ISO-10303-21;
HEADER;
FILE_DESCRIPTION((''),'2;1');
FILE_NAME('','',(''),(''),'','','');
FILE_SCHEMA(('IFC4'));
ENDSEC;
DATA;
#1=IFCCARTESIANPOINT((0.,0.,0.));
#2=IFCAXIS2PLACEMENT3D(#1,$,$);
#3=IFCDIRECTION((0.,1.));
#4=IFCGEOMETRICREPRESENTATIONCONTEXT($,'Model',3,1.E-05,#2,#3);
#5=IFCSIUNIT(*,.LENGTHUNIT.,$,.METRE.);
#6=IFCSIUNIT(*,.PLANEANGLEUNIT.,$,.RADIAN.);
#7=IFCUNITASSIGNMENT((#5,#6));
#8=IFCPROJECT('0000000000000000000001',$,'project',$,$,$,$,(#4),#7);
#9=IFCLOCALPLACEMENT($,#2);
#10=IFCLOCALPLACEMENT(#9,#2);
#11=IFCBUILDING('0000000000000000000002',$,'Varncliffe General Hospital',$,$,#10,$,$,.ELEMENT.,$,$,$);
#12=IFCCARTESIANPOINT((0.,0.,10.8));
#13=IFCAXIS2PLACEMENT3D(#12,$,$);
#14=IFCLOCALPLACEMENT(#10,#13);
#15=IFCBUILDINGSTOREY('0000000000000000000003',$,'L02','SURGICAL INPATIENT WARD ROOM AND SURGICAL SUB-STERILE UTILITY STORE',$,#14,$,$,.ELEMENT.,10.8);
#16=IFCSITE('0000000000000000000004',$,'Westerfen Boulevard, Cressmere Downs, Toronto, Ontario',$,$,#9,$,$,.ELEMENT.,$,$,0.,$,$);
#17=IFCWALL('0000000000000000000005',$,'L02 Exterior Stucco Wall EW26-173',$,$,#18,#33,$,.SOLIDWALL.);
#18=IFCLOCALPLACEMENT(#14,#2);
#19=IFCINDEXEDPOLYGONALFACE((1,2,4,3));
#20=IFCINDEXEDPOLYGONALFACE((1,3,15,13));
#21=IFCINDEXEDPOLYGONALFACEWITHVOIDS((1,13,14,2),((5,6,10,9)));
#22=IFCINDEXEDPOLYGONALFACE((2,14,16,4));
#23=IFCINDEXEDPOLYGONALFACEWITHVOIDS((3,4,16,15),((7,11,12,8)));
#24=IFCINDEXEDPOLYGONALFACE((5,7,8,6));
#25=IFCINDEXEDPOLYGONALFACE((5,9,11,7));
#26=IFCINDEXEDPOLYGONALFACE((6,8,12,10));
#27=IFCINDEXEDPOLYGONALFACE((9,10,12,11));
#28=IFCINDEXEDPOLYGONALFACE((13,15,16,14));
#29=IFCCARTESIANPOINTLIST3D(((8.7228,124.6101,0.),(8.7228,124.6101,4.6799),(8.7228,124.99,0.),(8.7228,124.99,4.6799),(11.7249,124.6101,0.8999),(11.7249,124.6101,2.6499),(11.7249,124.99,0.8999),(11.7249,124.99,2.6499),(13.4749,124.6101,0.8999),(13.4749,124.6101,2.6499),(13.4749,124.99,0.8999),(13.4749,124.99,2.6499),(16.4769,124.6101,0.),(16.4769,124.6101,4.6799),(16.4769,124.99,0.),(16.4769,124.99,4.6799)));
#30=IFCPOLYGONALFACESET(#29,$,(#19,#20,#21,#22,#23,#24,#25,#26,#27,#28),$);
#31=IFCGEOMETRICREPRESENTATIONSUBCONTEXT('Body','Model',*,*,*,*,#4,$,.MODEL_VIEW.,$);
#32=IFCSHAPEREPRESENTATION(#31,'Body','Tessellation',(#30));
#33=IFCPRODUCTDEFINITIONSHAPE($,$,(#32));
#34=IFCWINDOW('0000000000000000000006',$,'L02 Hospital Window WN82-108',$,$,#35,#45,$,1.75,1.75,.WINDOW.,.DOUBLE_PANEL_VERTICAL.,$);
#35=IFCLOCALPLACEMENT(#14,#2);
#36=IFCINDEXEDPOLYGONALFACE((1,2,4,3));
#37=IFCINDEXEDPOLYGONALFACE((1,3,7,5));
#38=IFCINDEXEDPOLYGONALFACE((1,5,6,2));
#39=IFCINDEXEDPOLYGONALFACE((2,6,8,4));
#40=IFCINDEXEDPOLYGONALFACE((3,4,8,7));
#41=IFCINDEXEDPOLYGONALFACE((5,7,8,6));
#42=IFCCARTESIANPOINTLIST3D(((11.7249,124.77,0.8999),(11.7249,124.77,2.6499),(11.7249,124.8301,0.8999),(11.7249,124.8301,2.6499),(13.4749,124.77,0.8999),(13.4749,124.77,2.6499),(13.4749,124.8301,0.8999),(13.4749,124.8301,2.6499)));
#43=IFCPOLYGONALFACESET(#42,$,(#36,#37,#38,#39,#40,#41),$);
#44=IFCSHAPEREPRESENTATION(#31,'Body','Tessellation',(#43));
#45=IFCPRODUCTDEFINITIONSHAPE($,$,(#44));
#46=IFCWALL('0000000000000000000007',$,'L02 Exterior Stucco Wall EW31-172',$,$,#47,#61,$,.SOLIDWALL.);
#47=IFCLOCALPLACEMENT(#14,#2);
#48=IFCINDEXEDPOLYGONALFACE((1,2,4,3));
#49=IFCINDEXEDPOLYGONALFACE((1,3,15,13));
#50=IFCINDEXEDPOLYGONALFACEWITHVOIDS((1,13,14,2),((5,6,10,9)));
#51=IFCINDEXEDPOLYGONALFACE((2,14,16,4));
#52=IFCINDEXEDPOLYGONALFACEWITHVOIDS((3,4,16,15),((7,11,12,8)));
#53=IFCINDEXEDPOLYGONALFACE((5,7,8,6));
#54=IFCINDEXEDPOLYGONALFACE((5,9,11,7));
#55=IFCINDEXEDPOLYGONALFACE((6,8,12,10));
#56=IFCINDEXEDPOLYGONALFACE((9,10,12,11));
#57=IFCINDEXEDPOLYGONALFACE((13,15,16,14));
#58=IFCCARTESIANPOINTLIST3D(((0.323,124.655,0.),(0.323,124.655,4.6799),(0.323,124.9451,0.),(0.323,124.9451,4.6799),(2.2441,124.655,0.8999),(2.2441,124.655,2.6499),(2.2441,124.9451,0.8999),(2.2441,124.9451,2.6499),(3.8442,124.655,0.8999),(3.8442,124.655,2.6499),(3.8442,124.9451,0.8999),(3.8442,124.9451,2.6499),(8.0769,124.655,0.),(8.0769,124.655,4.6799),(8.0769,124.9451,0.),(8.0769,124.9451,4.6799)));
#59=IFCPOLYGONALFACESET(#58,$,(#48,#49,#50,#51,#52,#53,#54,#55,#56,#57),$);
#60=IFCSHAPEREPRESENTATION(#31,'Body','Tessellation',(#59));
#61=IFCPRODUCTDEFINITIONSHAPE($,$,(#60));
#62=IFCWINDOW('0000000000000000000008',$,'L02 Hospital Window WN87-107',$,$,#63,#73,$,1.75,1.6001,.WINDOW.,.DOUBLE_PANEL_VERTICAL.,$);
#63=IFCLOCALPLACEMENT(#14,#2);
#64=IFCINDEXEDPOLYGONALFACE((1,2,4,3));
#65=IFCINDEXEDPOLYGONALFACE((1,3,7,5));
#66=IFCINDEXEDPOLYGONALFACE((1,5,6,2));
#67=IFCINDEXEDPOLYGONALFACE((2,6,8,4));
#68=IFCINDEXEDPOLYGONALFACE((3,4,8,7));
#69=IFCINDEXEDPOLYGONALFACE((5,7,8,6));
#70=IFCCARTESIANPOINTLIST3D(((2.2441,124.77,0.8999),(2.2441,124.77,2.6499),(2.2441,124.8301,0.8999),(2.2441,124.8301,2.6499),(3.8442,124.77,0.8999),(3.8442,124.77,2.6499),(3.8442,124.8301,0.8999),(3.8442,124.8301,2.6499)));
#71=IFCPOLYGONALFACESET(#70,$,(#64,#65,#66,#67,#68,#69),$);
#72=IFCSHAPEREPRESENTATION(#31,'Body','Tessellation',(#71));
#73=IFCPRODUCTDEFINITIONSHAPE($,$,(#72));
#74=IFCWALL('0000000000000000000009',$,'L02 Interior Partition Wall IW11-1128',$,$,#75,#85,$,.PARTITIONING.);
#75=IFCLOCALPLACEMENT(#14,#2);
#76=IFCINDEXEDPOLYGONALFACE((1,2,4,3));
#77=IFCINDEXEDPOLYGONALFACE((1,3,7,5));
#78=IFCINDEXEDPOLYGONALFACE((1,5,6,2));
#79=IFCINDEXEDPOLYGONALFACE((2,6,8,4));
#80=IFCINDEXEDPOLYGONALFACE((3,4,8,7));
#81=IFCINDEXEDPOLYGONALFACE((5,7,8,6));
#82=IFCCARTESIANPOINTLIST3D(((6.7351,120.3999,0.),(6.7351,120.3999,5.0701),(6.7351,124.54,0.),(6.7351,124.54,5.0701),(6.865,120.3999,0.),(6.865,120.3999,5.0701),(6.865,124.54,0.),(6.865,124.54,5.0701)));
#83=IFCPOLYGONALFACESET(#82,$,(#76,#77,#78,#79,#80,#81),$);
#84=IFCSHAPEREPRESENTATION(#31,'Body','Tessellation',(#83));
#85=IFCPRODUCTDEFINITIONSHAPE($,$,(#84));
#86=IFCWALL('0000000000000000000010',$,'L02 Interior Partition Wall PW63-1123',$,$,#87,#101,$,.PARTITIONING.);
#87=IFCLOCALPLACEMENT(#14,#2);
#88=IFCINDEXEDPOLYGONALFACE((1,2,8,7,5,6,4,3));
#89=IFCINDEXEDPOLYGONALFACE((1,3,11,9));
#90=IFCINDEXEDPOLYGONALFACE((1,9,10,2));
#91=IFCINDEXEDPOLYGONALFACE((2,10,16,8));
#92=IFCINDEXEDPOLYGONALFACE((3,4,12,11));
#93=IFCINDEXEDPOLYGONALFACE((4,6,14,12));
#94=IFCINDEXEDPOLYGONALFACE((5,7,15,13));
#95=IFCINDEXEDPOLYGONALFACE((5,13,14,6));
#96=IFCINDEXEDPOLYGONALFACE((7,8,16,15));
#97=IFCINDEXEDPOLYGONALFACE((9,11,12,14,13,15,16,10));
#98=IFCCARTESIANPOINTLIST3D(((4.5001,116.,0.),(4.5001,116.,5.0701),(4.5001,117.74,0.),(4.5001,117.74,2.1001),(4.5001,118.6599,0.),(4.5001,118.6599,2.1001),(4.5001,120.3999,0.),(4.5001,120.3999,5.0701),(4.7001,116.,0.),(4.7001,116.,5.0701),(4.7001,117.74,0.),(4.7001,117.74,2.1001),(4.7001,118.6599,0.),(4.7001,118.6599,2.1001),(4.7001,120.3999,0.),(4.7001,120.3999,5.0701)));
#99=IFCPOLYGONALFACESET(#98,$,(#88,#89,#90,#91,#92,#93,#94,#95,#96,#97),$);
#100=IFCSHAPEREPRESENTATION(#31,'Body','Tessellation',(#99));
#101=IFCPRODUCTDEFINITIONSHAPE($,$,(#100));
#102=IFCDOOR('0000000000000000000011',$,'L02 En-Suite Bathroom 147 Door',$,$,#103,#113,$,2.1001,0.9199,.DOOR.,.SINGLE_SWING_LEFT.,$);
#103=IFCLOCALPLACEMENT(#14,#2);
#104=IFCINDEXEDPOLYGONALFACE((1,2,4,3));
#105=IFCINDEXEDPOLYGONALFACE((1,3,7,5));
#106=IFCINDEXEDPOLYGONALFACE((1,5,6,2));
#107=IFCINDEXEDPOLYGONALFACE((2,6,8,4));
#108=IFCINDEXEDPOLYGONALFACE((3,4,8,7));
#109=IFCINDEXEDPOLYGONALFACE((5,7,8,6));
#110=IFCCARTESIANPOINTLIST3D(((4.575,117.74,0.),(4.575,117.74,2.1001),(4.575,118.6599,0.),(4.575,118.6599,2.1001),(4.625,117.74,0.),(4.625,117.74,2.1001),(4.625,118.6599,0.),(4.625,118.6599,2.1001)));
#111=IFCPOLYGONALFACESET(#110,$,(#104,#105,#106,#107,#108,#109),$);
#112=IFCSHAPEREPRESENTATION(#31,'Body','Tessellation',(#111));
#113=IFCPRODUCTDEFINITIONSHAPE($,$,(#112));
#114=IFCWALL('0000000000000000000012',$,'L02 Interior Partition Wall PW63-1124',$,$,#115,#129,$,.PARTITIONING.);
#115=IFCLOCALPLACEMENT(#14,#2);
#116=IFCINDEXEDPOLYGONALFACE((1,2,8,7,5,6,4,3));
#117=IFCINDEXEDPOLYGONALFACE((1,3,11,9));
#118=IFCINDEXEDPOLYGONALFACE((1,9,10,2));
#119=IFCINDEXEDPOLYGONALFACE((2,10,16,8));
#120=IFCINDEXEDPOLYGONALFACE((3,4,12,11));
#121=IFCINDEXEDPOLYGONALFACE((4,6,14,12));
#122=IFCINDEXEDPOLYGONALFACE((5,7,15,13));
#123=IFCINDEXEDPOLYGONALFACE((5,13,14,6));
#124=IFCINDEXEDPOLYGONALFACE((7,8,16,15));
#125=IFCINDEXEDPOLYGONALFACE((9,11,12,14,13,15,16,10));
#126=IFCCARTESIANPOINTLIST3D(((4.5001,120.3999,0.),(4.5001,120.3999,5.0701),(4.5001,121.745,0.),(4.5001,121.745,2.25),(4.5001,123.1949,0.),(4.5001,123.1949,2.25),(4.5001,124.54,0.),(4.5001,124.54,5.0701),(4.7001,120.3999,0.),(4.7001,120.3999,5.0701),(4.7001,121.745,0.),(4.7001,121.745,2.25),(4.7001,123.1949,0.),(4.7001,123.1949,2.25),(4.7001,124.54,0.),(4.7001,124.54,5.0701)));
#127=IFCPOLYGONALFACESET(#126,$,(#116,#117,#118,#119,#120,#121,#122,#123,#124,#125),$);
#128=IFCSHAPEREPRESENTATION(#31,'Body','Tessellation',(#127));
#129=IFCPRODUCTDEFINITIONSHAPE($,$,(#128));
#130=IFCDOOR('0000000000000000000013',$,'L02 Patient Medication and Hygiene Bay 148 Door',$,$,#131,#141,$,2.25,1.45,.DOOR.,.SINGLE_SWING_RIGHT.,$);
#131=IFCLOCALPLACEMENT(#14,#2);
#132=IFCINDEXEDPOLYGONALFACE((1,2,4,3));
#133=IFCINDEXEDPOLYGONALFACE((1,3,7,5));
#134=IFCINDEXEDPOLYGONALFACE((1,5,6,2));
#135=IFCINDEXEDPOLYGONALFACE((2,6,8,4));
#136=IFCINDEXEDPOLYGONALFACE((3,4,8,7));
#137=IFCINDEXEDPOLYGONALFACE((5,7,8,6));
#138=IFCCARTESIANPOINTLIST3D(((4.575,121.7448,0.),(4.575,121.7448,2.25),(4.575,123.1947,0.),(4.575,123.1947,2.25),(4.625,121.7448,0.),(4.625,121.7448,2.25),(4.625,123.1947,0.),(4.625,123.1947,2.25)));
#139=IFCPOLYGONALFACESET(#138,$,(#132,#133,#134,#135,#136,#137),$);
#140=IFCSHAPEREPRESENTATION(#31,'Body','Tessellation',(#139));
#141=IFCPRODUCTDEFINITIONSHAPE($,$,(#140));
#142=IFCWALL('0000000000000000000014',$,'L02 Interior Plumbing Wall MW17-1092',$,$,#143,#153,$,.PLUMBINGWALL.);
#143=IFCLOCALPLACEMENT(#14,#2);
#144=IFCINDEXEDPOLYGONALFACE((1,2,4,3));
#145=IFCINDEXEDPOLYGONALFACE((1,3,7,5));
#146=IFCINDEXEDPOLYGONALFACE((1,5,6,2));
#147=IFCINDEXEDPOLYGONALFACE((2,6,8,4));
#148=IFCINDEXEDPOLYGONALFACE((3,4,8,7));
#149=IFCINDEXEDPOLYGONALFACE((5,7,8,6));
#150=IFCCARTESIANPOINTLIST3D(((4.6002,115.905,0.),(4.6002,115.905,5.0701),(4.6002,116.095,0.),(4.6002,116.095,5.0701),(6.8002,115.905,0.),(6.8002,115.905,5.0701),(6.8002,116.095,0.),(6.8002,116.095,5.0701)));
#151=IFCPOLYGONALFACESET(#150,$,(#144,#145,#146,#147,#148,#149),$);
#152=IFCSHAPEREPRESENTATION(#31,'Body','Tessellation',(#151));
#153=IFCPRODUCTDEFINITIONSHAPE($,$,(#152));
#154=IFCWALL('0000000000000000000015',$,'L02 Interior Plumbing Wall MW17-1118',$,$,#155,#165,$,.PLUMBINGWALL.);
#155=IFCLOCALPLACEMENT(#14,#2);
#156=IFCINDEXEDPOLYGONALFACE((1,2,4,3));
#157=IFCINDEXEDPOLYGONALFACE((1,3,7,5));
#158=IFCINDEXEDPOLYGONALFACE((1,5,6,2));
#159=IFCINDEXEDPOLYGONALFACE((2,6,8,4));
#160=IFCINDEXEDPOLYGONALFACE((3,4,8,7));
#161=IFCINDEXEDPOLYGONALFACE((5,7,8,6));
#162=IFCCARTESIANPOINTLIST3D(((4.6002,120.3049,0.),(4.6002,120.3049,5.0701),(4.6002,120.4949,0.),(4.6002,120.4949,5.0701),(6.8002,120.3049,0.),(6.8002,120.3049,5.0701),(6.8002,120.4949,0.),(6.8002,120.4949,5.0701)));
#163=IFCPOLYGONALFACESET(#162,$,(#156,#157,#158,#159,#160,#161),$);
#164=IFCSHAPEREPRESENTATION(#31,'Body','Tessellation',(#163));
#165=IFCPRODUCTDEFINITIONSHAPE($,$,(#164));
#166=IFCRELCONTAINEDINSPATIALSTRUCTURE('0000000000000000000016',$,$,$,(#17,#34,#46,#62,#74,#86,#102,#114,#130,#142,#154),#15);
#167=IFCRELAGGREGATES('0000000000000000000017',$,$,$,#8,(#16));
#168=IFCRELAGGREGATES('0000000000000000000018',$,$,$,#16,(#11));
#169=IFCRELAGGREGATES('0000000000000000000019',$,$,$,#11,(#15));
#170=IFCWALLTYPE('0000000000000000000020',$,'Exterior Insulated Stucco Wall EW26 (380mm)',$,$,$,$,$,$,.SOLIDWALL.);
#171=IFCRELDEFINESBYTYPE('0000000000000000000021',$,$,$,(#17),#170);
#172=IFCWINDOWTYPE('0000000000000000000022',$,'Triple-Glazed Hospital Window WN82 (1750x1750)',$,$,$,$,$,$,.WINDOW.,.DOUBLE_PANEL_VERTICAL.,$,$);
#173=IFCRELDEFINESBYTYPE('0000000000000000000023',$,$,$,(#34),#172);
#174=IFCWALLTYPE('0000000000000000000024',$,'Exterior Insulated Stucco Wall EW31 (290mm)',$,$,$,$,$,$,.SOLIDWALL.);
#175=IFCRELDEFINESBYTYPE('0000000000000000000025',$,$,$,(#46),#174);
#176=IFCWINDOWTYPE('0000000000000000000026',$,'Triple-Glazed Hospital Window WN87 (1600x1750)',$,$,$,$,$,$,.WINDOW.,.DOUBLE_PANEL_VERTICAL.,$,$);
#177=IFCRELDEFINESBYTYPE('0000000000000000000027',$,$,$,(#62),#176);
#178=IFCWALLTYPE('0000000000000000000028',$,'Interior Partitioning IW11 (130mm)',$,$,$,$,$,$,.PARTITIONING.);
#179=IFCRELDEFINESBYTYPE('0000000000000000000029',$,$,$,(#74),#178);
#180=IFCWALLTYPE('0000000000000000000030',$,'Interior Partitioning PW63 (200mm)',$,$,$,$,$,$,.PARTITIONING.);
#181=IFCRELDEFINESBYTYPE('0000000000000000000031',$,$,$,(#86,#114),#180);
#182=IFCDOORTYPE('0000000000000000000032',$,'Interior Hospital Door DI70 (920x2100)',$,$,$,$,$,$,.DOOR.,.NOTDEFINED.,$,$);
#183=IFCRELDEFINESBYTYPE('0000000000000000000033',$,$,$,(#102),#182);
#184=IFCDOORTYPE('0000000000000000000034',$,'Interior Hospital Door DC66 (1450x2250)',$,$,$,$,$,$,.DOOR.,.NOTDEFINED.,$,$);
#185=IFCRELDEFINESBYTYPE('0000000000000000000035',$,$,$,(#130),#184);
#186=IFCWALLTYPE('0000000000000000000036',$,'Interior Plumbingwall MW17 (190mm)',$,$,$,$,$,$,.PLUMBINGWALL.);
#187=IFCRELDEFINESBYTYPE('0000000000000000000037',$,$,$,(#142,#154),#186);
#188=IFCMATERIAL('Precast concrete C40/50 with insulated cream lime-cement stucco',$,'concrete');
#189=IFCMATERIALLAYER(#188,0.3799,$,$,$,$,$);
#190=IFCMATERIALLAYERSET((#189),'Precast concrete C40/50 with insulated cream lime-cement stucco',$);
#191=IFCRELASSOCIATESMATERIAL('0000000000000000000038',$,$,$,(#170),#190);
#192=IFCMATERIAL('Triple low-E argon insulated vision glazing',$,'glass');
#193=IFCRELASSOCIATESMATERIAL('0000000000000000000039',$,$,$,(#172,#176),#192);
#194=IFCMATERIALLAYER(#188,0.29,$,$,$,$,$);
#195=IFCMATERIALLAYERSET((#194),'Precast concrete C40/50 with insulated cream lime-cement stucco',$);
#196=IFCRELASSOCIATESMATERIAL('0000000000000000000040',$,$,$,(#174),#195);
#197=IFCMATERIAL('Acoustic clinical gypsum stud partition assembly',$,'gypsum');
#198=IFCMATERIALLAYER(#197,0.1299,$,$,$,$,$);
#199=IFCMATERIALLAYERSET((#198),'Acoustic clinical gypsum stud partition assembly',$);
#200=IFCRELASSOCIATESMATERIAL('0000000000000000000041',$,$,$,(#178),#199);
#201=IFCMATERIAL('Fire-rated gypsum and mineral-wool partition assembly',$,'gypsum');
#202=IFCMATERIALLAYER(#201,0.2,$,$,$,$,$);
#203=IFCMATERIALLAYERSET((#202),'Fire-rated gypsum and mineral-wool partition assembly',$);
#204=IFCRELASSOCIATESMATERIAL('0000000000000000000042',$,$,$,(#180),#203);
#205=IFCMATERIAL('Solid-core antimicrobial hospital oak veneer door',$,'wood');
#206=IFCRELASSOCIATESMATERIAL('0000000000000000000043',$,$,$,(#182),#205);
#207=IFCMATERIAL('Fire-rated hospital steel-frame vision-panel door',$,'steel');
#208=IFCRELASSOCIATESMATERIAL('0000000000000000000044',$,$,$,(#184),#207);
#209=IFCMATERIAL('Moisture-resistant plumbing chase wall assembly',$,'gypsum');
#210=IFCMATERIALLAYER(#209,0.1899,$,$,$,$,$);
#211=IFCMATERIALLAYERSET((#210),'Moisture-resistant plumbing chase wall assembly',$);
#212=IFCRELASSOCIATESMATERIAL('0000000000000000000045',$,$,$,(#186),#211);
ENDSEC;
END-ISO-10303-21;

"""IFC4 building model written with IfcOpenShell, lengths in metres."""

from ifc_helpers import new_model, si_unit, direction, frame, frame_2d, origin, place, context, subcontext, project, spatial, rectangle, extrude, material, layer, layer_set, type_object, element, fill, save


model = new_model("IFC4")

# Units and contexts
model_context = context("Model", 3, precision=1e-05, world=origin(), true_north=direction((0.0, 1.0)))
body_context = subcontext(model_context, "Body", "Model", "MODEL_VIEW")
ifc_project = project(units=[si_unit("LENGTHUNIT", "METRE"), si_unit("PLANEANGLEUNIT", "RADIAN")], contexts=[model_context])

# Site, building, storey
site_placement = place(None, origin())
site = spatial("IfcSite", under=ifc_project, at=site_placement, Name="Westerfen Boulevard, Cressmere Downs, Toronto, Ontario", CompositionType="ELEMENT", RefElevation=0.0)
building_placement = place(site_placement, origin())
building = spatial("IfcBuilding", under=site, at=building_placement, Name="Varncliffe General Hospital", CompositionType="ELEMENT")
storey_placement = place(building_placement, frame((0.0, 0.0, 10.8)))
storey = spatial("IfcBuildingStorey", under=building, at=storey_placement, Name="L02", Description="SURGICAL INPATIENT WARD ROOM AND SURGICAL SUB-STERILE UTILITY STORE", CompositionType="ELEMENT", Elevation=10.8)

# Walls, openings, windows
ifc_material_1 = material(Name="Precast concrete C40/50 with insulated cream lime-cement stucco", Category="concrete")
ifc_material_2 = material(Name="Triple low-E argon insulated vision glazing", Category="glass")
ifc_layer_1 = layer(ifc_material_1, 0.3799)
ifc_layer_set_1 = layer_set([ifc_layer_1], Name="Precast concrete C40/50 with insulated cream lime-cement stucco")
wall_type_1 = type_object("IfcWallType", Name="Exterior Insulated Stucco Wall EW26 (380mm)", PredefinedType="SOLIDWALL", material=ifc_layer_set_1)
wall_1_placement = place(storey_placement, frame((8.7229, 124.8, 0.0), z_axis=(0.0, 0.0, 1.0), x_axis=(1.0, 0.0, 0.0)))
wall_1 = element("IfcWall", 1, at=wall_1_placement, inside=storey, type_object=wall_type_1, Name="L02 Exterior Stucco Wall EW26-173", PredefinedType="SOLIDWALL", context=body_context, shape_type="SweptSolid", body=[
    extrude(rectangle(XDim=7.7542, YDim=0.3799, at=frame_2d((3.877, 0.0))), origin(), (0.0, 0.0, 1.0), 4.6799),
])
opening_1_placement = place(wall_1_placement, frame((3.002, 0.0, 0.8999)))
opening_1 = element("IfcOpeningElement", 2, at=opening_1_placement, cuts=wall_1, PredefinedType="OPENING", context=body_context, shape_type="SweptSolid", body=[
    extrude(rectangle(XDim=1.75, YDim=1.75, at=frame_2d((0.875, 0.875))), frame((0.0, 0.2, 0.0), z_axis=(0.0, -1.0, 0.0), x_axis=(1.0, 0.0, 0.0)), (0.0, 0.0, 1.0), 0.3999),
])
window_type_1 = type_object("IfcWindowType", Name="Triple-Glazed Hospital Window WN82 (1750x1750)", PartitioningType="DOUBLE_PANEL_VERTICAL", PredefinedType="WINDOW", material=ifc_material_2)
window_1_placement = place(opening_1_placement, origin())
window_1 = element("IfcWindow", 3, at=window_1_placement, inside=storey, type_object=window_type_1, Name="L02 Hospital Window WN82-108", OverallHeight=1.75, OverallWidth=1.75, PartitioningType="DOUBLE_PANEL_VERTICAL", PredefinedType="WINDOW", context=body_context, shape_type="SweptSolid", body=[
    extrude(rectangle(XDim=1.75, YDim=1.75, at=frame_2d((0.875, 0.875))), frame((0.0, 0.03, 0.0), z_axis=(0.0, -1.0, 0.0), x_axis=(1.0, 0.0, 0.0)), (0.0, 0.0, 1.0), 0.0601),
])
fill(opening_1, window_1)
ifc_layer_2 = layer(ifc_material_1, 0.29)
ifc_layer_set_2 = layer_set([ifc_layer_2], Name="Precast concrete C40/50 with insulated cream lime-cement stucco")
wall_type_2 = type_object("IfcWallType", Name="Exterior Insulated Stucco Wall EW31 (290mm)", PredefinedType="SOLIDWALL", material=ifc_layer_set_2)
wall_2_placement = place(storey_placement, frame((0.323, 124.8, 0.0), z_axis=(0.0, 0.0, 1.0), x_axis=(1.0, 0.0, 0.0)))
wall_2 = element("IfcWall", 4, at=wall_2_placement, inside=storey, type_object=wall_type_2, Name="L02 Exterior Stucco Wall EW31-172", PredefinedType="SOLIDWALL", context=body_context, shape_type="SweptSolid", body=[
    extrude(rectangle(XDim=7.7539, YDim=0.29, at=frame_2d((3.877, 0.0))), origin(), (0.0, 0.0, 1.0), 4.6799),
])
opening_2_placement = place(wall_2_placement, frame((1.9211, 0.0, 0.8999)))
opening_2 = element("IfcOpeningElement", 5, at=opening_2_placement, cuts=wall_2, PredefinedType="OPENING", context=body_context, shape_type="SweptSolid", body=[
    extrude(rectangle(XDim=1.6001, YDim=1.75, at=frame_2d((0.8, 0.875))), frame((0.0, 0.155, 0.0), z_axis=(0.0, -1.0, 0.0), x_axis=(1.0, 0.0, 0.0)), (0.0, 0.0, 1.0), 0.3101),
])
window_type_2 = type_object("IfcWindowType", Name="Triple-Glazed Hospital Window WN87 (1600x1750)", PartitioningType="DOUBLE_PANEL_VERTICAL", PredefinedType="WINDOW", material=ifc_material_2)
window_2_placement = place(opening_2_placement, origin())
window_2 = element("IfcWindow", 6, at=window_2_placement, inside=storey, type_object=window_type_2, Name="L02 Hospital Window WN87-107", OverallHeight=1.75, OverallWidth=1.6001, PartitioningType="DOUBLE_PANEL_VERTICAL", PredefinedType="WINDOW", context=body_context, shape_type="SweptSolid", body=[
    extrude(rectangle(XDim=1.6001, YDim=1.75, at=frame_2d((0.8, 0.875))), frame((0.0, 0.03, 0.0), z_axis=(0.0, -1.0, 0.0), x_axis=(1.0, 0.0, 0.0)), (0.0, 0.0, 1.0), 0.0601),
])
fill(opening_2, window_2)

# Wall
ifc_material_3 = material(Name="Acoustic clinical gypsum stud partition assembly", Category="gypsum")
ifc_layer_3 = layer(ifc_material_3, 0.1299)
ifc_layer_set_3 = layer_set([ifc_layer_3], Name="Acoustic clinical gypsum stud partition assembly")
wall_type_3 = type_object("IfcWallType", Name="Interior Partitioning IW11 (130mm)", PredefinedType="PARTITIONING", material=ifc_layer_set_3)
wall_3_placement = place(storey_placement, frame((6.8, 120.3999, 0.0), z_axis=(0.0, 0.0, 1.0), x_axis=(0.0, 1.0, 0.0)))
element("IfcWall", 7, at=wall_3_placement, inside=storey, type_object=wall_type_3, Name="L02 Interior Partition Wall IW11-1128", PredefinedType="PARTITIONING", context=body_context, shape_type="SweptSolid", body=[
    extrude(rectangle(XDim=4.1401, YDim=0.1299, at=frame_2d((2.0701, 0.0))), origin(), (0.0, 0.0, 1.0), 5.0701),
])

# Walls, openings, doors
ifc_material_4 = material(Name="Fire-rated gypsum and mineral-wool partition assembly", Category="gypsum")
ifc_layer_4 = layer(ifc_material_4, 0.2)
ifc_layer_set_4 = layer_set([ifc_layer_4], Name="Fire-rated gypsum and mineral-wool partition assembly")
wall_type_4 = type_object("IfcWallType", Name="Interior Partitioning PW63 (200mm)", PredefinedType="PARTITIONING", material=ifc_layer_set_4)
ifc_material_5 = material(Name="Fire-rated hospital steel-frame vision-panel door", Category="steel")
wall_4_placement = place(storey_placement, frame((4.6001, 116.0, 0.0), z_axis=(0.0, 0.0, 1.0), x_axis=(0.0, 1.0, 0.0)))
wall_4 = element("IfcWall", 8, at=wall_4_placement, inside=storey, type_object=wall_type_4, Name="L02 Interior Partition Wall PW63-1123", PredefinedType="PARTITIONING", context=body_context, shape_type="SweptSolid", body=[
    extrude(rectangle(XDim=4.3999, YDim=0.2, at=frame_2d((2.2, 0.0))), origin(), (0.0, 0.0, 1.0), 5.0701),
])
opening_3_placement = place(wall_4_placement, frame((1.74, 0.0, 0.0)))
opening_3 = element("IfcOpeningElement", 9, at=opening_3_placement, cuts=wall_4, PredefinedType="OPENING", context=body_context, shape_type="SweptSolid", body=[
    extrude(rectangle(XDim=0.9199, YDim=2.1001, at=frame_2d((0.46, 1.05))), frame((0.0, 0.1099, 0.0), z_axis=(0.0, -1.0, 0.0), x_axis=(1.0, 0.0, 0.0)), (0.0, 0.0, 1.0), 0.22),
])
ifc_material_6 = material(Name="Solid-core antimicrobial hospital oak veneer door", Category="wood")
door_type_1 = type_object("IfcDoorType", Name="Interior Hospital Door DI70 (920x2100)", OperationType="NOTDEFINED", PredefinedType="DOOR", material=ifc_material_6)
door_1_placement = place(opening_3_placement, frame((0.9199, 0.0, 0.0), z_axis=(0.0, 0.0, 1.0), x_axis=(-1.0, 0.0, 0.0)))
door_1 = element("IfcDoor", 10, at=door_1_placement, inside=storey, type_object=door_type_1, Name="L02 En-Suite Bathroom 147 Door", OperationType="SINGLE_SWING_LEFT", OverallHeight=2.1001, OverallWidth=0.9199, PredefinedType="DOOR", context=body_context, shape_type="SweptSolid", body=[
    extrude(rectangle(XDim=0.9199, YDim=2.1001, at=frame_2d((0.46, 1.05))), frame((0.0, 0.0249, 0.0), z_axis=(0.0, -1.0, 0.0), x_axis=(1.0, 0.0, 0.0)), (0.0, 0.0, 1.0), 0.05),
])
fill(opening_3, door_1)
wall_5_placement = place(storey_placement, frame((4.6001, 120.3999, 0.0), z_axis=(0.0, 0.0, 1.0), x_axis=(0.0, 1.0, 0.0)))
wall_5 = element("IfcWall", 11, at=wall_5_placement, inside=storey, type_object=wall_type_4, Name="L02 Interior Partition Wall PW63-1124", PredefinedType="PARTITIONING", context=body_context, shape_type="SweptSolid", body=[
    extrude(rectangle(XDim=4.1401, YDim=0.2, at=frame_2d((2.0701, 0.0))), origin(), (0.0, 0.0, 1.0), 5.0701),
])
opening_4_placement = place(wall_5_placement, frame((1.345, 0.0, 0.0)))
opening_4 = element("IfcOpeningElement", 12, at=opening_4_placement, cuts=wall_5, PredefinedType="OPENING", context=body_context, shape_type="SweptSolid", body=[
    extrude(rectangle(XDim=1.45, YDim=2.25, at=frame_2d((0.7251, 1.125))), frame((0.0, 0.1099, 0.0), z_axis=(0.0, -1.0, 0.0), x_axis=(1.0, 0.0, 0.0)), (0.0, 0.0, 1.0), 0.22),
])
door_type_2 = type_object("IfcDoorType", Name="Interior Hospital Door DC66 (1450x2250)", OperationType="NOTDEFINED", PredefinedType="DOOR", material=ifc_material_5)
door_2_placement = place(opening_4_placement, frame((1.45, 0.0, 0.0), z_axis=(0.0, 0.0, 1.0), x_axis=(-1.0, 0.0, 0.0)))
door_2 = element("IfcDoor", 13, at=door_2_placement, inside=storey, type_object=door_type_2, Name="L02 Patient Medication and Hygiene Bay 148 Door", OperationType="SINGLE_SWING_RIGHT", OverallHeight=2.25, OverallWidth=1.45, PredefinedType="DOOR", context=body_context, shape_type="SweptSolid", body=[
    extrude(rectangle(XDim=1.45, YDim=2.25, at=frame_2d((0.7251, 1.125))), frame((0.0, 0.0249, 0.0), z_axis=(0.0, -1.0, 0.0), x_axis=(1.0, 0.0, 0.0)), (0.0, 0.0, 1.0), 0.05),
])
fill(opening_4, door_2)

# Walls
ifc_material_7 = material(Name="Moisture-resistant plumbing chase wall assembly", Category="gypsum")
ifc_layer_5 = layer(ifc_material_7, 0.1899)
ifc_layer_set_5 = layer_set([ifc_layer_5], Name="Moisture-resistant plumbing chase wall assembly")
wall_type_5 = type_object("IfcWallType", Name="Interior Plumbingwall MW17 (190mm)", PredefinedType="PLUMBINGWALL", material=ifc_layer_set_5)
for number, where, z_axis, x_axis, name in (
    (14, (4.6001, 116.0, 0.0), (0.0, 0.0, 1.0), (1.0, 0.0, 0.0), "L02 Interior Plumbing Wall MW17-1092"),
    (15, (4.6001, 120.3999, 0.0), (0.0, 0.0, 1.0), (1.0, 0.0, 0.0), "L02 Interior Plumbing Wall MW17-1118"),
):
    element("IfcWall", number, at=place(storey_placement, frame(where, z_axis=z_axis, x_axis=x_axis)), inside=storey, type_object=wall_type_5, Name=name, PredefinedType="PLUMBINGWALL", context=body_context, shape_type="SweptSolid", body=[
        extrude(rectangle(XDim=2.2, YDim=0.1899, at=frame_2d((1.1001, 0.0))), origin(), (0.0, 0.0, 1.0), 5.0701),
    ])

save(model, "model.ifc")
